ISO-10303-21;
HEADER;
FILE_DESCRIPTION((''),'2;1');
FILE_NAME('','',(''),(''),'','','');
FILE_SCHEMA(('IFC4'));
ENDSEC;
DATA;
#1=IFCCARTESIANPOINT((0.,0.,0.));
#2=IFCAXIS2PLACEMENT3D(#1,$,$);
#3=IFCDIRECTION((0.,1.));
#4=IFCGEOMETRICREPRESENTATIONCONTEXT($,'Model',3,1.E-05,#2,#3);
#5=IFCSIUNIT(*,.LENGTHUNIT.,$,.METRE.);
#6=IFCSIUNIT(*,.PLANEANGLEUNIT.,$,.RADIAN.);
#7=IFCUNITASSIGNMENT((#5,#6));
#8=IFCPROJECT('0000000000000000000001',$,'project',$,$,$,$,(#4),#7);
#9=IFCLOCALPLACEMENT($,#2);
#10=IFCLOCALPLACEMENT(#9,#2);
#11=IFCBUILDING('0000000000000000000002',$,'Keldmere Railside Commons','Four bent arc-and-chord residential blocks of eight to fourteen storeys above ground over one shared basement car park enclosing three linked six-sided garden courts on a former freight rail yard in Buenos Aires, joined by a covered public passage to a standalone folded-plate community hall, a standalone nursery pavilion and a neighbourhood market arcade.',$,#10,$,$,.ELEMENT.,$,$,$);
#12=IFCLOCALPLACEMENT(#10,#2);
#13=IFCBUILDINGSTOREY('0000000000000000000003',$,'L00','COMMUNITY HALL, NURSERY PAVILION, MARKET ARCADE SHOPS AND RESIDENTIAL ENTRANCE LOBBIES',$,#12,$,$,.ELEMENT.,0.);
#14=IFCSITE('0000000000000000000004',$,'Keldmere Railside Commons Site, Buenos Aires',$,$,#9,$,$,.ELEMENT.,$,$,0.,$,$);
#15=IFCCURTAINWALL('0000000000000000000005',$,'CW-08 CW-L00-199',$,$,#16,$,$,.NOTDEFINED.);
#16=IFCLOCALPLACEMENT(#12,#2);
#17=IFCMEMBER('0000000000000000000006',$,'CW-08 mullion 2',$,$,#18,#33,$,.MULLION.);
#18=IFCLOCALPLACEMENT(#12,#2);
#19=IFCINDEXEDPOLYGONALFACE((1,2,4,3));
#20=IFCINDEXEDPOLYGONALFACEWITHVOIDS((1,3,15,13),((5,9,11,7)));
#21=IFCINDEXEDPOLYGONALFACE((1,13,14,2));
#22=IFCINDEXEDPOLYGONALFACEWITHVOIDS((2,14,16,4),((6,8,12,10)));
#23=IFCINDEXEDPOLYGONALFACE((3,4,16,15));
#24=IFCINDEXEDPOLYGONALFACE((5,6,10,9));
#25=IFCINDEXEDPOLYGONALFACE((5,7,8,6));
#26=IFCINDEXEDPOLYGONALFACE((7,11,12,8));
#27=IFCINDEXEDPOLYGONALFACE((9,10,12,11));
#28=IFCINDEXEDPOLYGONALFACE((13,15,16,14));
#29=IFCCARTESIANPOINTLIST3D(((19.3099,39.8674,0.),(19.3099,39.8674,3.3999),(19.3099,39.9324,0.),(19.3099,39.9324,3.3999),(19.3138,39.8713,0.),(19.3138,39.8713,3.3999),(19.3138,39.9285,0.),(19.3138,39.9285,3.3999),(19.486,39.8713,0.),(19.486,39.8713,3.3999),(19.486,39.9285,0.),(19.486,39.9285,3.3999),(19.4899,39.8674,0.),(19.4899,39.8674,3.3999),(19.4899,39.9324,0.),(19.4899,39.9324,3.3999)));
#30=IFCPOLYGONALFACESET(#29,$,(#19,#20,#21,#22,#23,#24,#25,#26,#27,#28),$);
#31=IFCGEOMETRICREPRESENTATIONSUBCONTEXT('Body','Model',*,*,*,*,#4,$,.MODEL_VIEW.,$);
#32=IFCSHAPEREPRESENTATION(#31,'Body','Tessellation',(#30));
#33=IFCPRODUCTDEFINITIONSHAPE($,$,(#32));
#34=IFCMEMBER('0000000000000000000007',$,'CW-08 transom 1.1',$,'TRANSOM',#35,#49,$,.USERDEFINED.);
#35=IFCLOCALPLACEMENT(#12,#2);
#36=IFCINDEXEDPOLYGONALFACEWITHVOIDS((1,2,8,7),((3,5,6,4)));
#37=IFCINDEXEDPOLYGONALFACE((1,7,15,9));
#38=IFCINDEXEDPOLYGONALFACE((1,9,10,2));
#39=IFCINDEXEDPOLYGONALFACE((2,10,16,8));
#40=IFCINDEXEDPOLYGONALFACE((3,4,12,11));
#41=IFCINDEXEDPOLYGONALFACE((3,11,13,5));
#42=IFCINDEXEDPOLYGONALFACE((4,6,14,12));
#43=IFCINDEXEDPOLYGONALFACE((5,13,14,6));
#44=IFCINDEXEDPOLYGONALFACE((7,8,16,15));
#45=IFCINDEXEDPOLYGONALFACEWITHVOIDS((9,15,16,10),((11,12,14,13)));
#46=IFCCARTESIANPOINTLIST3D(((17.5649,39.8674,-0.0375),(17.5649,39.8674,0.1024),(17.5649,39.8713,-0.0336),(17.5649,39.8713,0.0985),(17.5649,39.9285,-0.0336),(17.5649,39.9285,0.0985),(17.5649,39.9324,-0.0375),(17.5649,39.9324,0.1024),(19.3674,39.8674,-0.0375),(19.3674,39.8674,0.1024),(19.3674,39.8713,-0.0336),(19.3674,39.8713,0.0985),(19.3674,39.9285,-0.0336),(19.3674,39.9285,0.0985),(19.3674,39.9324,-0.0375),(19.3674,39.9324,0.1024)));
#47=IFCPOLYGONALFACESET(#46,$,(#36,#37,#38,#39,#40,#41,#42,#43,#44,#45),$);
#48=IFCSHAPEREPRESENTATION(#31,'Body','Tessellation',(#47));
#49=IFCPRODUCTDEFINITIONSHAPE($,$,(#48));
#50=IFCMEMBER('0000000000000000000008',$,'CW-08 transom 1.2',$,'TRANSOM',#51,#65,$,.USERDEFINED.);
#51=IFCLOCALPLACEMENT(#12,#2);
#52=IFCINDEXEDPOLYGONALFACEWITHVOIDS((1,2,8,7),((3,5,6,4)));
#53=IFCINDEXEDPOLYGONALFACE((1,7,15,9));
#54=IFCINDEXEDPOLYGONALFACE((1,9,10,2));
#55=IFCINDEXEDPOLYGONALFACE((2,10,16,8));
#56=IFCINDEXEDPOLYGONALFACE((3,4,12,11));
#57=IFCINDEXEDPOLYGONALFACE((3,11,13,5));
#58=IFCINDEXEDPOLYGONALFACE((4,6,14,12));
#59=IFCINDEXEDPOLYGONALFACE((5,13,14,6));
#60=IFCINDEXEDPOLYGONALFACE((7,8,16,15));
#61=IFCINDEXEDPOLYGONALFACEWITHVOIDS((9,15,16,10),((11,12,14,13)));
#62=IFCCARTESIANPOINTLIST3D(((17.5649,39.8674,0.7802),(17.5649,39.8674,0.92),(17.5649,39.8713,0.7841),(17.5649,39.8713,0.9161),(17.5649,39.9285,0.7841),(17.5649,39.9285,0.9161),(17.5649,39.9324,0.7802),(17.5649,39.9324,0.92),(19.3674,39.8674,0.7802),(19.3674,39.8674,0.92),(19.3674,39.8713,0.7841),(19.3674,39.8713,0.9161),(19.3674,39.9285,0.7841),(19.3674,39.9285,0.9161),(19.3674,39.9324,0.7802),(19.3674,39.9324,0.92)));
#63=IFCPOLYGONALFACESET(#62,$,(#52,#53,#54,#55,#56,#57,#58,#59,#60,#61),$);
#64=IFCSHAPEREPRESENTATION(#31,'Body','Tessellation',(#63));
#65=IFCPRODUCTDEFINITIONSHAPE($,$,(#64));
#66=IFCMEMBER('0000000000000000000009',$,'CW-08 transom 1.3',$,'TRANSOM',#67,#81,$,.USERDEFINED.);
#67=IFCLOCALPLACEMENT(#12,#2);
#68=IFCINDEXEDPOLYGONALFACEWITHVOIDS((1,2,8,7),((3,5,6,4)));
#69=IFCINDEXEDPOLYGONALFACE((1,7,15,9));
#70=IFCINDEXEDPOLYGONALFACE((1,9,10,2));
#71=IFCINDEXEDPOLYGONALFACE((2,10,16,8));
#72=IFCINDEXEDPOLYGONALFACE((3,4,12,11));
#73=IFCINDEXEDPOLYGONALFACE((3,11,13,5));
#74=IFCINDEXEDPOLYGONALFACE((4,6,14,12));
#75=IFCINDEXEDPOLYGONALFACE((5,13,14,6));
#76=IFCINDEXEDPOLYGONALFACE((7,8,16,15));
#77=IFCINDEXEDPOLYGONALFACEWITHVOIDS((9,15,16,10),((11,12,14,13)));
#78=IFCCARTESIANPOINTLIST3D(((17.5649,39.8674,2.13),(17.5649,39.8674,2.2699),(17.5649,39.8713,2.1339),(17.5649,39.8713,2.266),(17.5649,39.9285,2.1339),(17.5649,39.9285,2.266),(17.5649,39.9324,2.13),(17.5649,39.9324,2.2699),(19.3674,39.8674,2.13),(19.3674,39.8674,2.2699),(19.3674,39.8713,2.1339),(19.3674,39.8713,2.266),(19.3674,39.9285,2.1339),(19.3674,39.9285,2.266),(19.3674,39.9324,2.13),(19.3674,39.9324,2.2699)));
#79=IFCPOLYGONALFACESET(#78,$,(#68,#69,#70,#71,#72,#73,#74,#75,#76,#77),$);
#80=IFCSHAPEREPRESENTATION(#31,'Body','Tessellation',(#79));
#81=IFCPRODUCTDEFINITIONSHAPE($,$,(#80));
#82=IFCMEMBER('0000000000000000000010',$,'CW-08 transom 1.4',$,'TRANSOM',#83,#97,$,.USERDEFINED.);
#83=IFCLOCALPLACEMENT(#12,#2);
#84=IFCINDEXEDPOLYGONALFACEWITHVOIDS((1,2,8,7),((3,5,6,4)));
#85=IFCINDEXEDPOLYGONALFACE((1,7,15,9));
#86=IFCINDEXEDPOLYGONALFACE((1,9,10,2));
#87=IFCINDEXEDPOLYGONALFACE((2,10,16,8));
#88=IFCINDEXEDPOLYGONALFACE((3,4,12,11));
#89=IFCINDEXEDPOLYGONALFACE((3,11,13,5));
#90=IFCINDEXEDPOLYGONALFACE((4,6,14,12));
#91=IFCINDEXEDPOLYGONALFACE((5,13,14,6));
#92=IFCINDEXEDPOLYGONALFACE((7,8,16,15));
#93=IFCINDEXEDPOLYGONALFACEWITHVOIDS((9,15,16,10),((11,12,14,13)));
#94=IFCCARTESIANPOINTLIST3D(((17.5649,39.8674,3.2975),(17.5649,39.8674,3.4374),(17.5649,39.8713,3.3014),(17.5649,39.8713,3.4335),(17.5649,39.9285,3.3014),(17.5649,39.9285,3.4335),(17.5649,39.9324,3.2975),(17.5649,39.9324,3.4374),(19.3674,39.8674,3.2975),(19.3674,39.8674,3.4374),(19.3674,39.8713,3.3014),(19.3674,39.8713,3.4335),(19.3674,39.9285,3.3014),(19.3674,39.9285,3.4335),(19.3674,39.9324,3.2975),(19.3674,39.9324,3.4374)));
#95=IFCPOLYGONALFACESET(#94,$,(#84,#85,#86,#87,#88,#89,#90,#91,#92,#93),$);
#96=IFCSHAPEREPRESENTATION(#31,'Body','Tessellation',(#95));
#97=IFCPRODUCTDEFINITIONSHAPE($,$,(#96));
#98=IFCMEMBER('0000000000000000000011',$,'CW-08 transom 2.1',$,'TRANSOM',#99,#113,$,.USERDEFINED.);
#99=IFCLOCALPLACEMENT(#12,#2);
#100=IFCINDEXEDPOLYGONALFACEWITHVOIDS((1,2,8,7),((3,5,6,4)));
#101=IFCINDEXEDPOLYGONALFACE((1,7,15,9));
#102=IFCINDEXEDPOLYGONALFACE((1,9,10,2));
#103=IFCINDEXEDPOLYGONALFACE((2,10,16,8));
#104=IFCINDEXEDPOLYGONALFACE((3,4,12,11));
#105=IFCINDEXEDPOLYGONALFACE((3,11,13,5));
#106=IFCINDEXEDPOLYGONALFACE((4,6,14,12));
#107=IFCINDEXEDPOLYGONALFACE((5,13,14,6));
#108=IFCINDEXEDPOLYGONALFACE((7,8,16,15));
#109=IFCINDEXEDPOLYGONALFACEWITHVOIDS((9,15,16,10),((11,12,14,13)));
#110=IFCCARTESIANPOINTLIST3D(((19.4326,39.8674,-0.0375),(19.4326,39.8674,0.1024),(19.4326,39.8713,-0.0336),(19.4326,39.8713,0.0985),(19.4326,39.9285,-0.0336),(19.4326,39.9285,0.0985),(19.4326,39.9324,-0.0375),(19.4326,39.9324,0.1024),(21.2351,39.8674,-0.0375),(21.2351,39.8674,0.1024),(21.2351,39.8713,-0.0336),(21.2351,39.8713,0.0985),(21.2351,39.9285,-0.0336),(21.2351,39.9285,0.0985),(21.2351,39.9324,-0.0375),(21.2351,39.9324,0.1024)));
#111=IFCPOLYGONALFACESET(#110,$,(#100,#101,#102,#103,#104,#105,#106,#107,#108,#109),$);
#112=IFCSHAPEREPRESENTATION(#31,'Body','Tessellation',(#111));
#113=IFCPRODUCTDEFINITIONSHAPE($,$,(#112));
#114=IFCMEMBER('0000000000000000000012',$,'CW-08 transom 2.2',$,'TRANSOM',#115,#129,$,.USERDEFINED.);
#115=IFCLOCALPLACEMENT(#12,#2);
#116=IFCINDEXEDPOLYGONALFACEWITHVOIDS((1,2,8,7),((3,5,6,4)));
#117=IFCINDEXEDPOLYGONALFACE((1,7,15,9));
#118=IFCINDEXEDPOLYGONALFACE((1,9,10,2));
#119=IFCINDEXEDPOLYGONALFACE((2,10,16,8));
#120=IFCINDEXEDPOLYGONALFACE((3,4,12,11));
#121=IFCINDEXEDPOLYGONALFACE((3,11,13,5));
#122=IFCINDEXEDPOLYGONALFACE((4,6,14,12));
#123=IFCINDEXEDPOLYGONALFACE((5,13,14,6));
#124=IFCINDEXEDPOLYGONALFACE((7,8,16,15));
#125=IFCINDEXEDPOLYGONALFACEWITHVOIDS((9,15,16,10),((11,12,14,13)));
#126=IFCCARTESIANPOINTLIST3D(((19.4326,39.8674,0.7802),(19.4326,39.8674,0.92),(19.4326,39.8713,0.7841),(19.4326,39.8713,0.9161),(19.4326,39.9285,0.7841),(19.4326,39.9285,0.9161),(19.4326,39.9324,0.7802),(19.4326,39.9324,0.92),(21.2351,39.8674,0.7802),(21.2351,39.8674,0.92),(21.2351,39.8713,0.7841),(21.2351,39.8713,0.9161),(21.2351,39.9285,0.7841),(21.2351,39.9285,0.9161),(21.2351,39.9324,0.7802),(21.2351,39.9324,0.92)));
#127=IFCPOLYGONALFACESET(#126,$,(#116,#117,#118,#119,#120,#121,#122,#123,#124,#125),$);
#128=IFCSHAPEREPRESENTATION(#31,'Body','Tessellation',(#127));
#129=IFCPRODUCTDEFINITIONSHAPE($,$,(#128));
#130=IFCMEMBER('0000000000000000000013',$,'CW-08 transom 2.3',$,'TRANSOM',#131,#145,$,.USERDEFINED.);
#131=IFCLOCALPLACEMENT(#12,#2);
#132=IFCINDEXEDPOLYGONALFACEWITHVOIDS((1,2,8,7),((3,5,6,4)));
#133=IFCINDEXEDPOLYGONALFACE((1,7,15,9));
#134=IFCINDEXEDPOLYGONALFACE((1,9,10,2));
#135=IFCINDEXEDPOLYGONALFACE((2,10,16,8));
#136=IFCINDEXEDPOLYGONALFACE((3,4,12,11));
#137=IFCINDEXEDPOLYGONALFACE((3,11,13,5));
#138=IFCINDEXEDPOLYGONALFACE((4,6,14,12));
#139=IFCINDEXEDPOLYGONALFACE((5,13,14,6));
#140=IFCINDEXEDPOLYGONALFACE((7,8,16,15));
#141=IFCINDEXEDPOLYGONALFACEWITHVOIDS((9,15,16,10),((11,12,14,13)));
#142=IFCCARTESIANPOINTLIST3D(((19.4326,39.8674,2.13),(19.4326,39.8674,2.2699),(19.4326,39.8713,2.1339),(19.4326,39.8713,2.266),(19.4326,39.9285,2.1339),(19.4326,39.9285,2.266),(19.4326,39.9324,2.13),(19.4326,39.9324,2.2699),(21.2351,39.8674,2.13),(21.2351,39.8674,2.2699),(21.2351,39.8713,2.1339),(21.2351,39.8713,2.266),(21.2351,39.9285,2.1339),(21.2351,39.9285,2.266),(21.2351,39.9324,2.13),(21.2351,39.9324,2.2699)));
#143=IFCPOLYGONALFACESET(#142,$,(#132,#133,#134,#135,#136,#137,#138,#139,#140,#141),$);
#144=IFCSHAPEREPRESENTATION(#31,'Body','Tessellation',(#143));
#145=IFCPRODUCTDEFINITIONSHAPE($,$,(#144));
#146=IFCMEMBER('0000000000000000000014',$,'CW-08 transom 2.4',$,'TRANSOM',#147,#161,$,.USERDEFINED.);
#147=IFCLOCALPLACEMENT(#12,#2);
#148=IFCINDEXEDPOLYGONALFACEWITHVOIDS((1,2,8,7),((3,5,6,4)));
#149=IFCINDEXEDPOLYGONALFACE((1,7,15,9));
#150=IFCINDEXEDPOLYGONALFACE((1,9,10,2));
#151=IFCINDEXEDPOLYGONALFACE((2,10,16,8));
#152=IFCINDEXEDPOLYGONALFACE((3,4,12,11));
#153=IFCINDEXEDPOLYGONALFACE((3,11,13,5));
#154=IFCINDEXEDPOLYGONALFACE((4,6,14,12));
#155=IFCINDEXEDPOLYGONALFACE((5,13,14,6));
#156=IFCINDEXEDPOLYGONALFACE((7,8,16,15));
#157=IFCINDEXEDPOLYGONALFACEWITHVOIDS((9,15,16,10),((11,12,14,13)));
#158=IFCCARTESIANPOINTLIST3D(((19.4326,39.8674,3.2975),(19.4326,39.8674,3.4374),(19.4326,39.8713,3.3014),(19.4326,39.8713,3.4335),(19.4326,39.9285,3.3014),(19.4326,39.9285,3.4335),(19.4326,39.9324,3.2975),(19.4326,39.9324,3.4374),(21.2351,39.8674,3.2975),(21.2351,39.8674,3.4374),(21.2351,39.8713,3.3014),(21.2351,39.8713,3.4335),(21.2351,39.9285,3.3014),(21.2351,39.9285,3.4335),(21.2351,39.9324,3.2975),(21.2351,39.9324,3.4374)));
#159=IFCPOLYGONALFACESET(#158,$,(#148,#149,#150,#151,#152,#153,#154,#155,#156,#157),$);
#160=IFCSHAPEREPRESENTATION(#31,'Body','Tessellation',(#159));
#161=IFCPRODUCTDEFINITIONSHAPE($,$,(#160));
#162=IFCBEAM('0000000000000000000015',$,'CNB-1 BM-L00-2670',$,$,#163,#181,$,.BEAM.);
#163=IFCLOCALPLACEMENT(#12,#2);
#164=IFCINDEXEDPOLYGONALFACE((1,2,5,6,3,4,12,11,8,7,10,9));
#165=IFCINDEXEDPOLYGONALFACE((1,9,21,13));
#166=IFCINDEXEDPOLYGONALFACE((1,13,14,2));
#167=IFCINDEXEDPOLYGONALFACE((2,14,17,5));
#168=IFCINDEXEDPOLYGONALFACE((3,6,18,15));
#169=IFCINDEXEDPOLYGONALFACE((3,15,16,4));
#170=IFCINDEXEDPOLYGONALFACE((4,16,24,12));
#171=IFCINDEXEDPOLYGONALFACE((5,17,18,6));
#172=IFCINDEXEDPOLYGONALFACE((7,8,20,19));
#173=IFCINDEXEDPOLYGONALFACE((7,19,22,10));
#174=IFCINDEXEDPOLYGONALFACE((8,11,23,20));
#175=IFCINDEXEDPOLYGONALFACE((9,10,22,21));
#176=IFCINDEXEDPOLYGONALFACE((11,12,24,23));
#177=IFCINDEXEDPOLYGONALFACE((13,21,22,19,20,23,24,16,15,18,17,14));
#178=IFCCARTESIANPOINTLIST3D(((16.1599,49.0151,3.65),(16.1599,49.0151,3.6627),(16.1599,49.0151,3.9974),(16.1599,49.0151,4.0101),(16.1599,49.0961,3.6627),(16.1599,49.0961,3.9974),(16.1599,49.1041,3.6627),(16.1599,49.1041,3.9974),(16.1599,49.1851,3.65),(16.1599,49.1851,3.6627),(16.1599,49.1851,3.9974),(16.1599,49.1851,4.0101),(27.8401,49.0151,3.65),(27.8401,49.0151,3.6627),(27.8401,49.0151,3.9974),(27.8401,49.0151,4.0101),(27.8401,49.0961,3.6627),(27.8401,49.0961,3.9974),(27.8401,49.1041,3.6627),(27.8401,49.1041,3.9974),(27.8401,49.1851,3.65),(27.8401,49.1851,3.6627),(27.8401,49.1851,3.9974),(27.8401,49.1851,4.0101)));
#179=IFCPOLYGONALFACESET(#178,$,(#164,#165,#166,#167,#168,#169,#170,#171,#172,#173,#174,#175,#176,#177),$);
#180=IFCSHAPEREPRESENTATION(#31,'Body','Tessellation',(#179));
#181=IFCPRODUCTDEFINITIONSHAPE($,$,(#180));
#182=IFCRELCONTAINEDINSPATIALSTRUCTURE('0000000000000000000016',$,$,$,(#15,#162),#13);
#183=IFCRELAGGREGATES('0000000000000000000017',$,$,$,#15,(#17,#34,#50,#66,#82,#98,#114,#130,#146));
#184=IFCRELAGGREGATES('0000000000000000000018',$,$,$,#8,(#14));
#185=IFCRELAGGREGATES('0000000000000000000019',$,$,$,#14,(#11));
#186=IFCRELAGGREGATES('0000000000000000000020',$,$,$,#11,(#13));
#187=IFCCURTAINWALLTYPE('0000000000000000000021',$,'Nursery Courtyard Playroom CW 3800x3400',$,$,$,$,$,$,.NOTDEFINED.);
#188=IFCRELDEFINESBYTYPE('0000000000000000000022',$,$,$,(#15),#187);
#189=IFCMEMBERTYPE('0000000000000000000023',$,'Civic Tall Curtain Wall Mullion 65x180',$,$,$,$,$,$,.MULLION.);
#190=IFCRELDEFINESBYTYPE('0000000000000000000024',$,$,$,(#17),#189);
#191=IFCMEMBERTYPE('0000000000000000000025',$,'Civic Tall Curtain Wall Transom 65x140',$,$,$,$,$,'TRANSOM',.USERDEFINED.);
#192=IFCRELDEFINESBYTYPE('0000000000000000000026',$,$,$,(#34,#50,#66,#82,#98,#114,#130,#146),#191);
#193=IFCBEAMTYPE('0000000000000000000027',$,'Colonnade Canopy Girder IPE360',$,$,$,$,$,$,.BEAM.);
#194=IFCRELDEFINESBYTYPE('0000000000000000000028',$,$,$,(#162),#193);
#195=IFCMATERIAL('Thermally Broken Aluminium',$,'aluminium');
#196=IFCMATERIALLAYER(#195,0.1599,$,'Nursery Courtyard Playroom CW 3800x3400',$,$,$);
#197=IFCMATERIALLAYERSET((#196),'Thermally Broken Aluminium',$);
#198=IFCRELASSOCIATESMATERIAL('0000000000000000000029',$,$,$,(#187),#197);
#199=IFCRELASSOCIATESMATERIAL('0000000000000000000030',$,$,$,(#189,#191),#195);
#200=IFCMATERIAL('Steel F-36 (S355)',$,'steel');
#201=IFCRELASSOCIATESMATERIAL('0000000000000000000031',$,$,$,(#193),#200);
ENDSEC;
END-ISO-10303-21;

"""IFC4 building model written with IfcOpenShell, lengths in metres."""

from ifc_helpers import new_model, si_unit, direction, frame, origin, origin_2d, place, context, subcontext, project, spatial, hollow_rectangle, i_section, extrude, material, layer, layer_set, material_profile, profile_set, type_object, element, aggregate, save


model = new_model("IFC4")

# Units and contexts
model_context = context("Model", 3, precision=1e-05, world=origin(), true_north=direction((0.0, 1.0)))
body_context = subcontext(model_context, "Body", "Model", "MODEL_VIEW")
ifc_project = project(units=[si_unit("LENGTHUNIT", "METRE"), si_unit("PLANEANGLEUNIT", "RADIAN")], contexts=[model_context])

# Site, building, storey
site_placement = place(None, origin())
site = spatial("IfcSite", under=ifc_project, at=site_placement, Name="Keldmere Railside Commons Site, Buenos Aires", CompositionType="ELEMENT", RefElevation=0.0)
building_placement = place(site_placement, origin())
building = spatial("IfcBuilding", under=site, at=building_placement, Name="Keldmere Railside Commons", Description="Four bent arc-and-chord residential blocks of eight to fourteen storeys above ground over one shared basement car park enclosing three linked six-sided garden courts on a former freight rail yard in Buenos Aires, joined by a covered public passage to a standalone folded-plate community hall, a standalone nursery pavilion and a neighbourhood market arcade.", CompositionType="ELEMENT")
storey_placement = place(building_placement, origin())
storey = spatial("IfcBuildingStorey", under=building, at=storey_placement, Name="L00", Description="COMMUNITY HALL, NURSERY PAVILION, MARKET ARCADE SHOPS AND RESIDENTIAL ENTRANCE LOBBIES", CompositionType="ELEMENT", Elevation=0.0)

# Shared definitions
ifc_material_1 = material(Name="Steel F-36 (S355)", Category="steel")

# Curtain wall, members
ifc_material_2 = material(Name="Thermally Broken Aluminium", Category="aluminium")
ifc_layer_1 = layer(ifc_material_2, 0.1599, Name="Nursery Courtyard Playroom CW 3800x3400")
ifc_layer_set_1 = layer_set([ifc_layer_1], Name="Thermally Broken Aluminium")
curtain_wall_type = type_object("IfcCurtainWallType", Name="Nursery Courtyard Playroom CW 3800x3400", PredefinedType="NOTDEFINED", material=ifc_layer_set_1)
curtain_wall_placement = place(storey_placement, origin())
curtain_wall = element("IfcCurtainWall", 1, at=curtain_wall_placement, inside=storey, type_object=curtain_wall_type, Name="CW-08 CW-L00-199", PredefinedType="NOTDEFINED")
ifc_material_profile_1 = material_profile(ifc_material_2, hollow_rectangle(XDim=0.0649, YDim=0.1799, WallThickness=0.0039, at=origin_2d()), Name="ALU-MULL-65x180")
ifc_profile_set_1 = profile_set([ifc_material_profile_1], Name="Thermally Broken Aluminium")
member_type_1 = type_object("IfcMemberType", Name="Civic Tall Curtain Wall Mullion 65x180", PredefinedType="MULLION", material=ifc_profile_set_1)
member_1_placement = place(storey_placement, frame((19.3999, 39.8999, 0.0), z_axis=(0.0, 0.0, 1.0), x_axis=(0.0, 1.0, 0.0)))
member_1 = element("IfcMember", 2, at=member_1_placement, type_object=member_type_1, Name="CW-08 mullion 2", PredefinedType="MULLION", context=body_context, shape_type="SweptSolid", body=[
    extrude(hollow_rectangle(XDim=0.0649, YDim=0.1799, WallThickness=0.0039, at=origin_2d()), origin(), (0.0, 0.0, 1.0), 3.3999),
])
ifc_material_profile_2 = material_profile(ifc_material_2, hollow_rectangle(XDim=0.0649, YDim=0.1399, WallThickness=0.0039, at=origin_2d()), Name="ALU-TRAN-65x140")
ifc_profile_set_2 = profile_set([ifc_material_profile_2], Name="Thermally Broken Aluminium")
member_type_2 = type_object("IfcMemberType", Name="Civic Tall Curtain Wall Transom 65x140", ElementType="TRANSOM", PredefinedType="USERDEFINED", material=ifc_profile_set_2)
member_2_placement = place(storey_placement, frame((17.5649, 39.8999, 0.0325), z_axis=(1.0, 0.0, 0.0), x_axis=(0.0, 1.0, 0.0)))
member_2 = element("IfcMember", 3, at=member_2_placement, type_object=member_type_2, Name="CW-08 transom 1.1", ObjectType="TRANSOM", PredefinedType="USERDEFINED", context=body_context, shape_type="SweptSolid", body=[
    extrude(hollow_rectangle(XDim=0.0649, YDim=0.1399, WallThickness=0.0039, at=origin_2d()), origin(), (0.0, 0.0, 1.0), 1.8025),
])
member_3_placement = place(storey_placement, frame((17.5649, 39.8999, 0.8501), z_axis=(1.0, 0.0, 0.0), x_axis=(0.0, 1.0, 0.0)))
member_3 = element("IfcMember", 4, at=member_3_placement, type_object=member_type_2, Name="CW-08 transom 1.2", ObjectType="TRANSOM", PredefinedType="USERDEFINED", context=body_context, shape_type="SweptSolid", body=[
    extrude(hollow_rectangle(XDim=0.0649, YDim=0.1399, WallThickness=0.0039, at=origin_2d()), origin(), (0.0, 0.0, 1.0), 1.8025),
])
member_4_placement = place(storey_placement, frame((17.5649, 39.8999, 2.2), z_axis=(1.0, 0.0, 0.0), x_axis=(0.0, 1.0, 0.0)))
member_4 = element("IfcMember", 5, at=member_4_placement, type_object=member_type_2, Name="CW-08 transom 1.3", ObjectType="TRANSOM", PredefinedType="USERDEFINED", context=body_context, shape_type="SweptSolid", body=[
    extrude(hollow_rectangle(XDim=0.0649, YDim=0.1399, WallThickness=0.0039, at=origin_2d()), origin(), (0.0, 0.0, 1.0), 1.8025),
])
member_5_placement = place(storey_placement, frame((17.5649, 39.8999, 3.3674), z_axis=(1.0, 0.0, 0.0), x_axis=(0.0, 1.0, 0.0)))
member_5 = element("IfcMember", 6, at=member_5_placement, type_object=member_type_2, Name="CW-08 transom 1.4", ObjectType="TRANSOM", PredefinedType="USERDEFINED", context=body_context, shape_type="SweptSolid", body=[
    extrude(hollow_rectangle(XDim=0.0649, YDim=0.1399, WallThickness=0.0039, at=origin_2d()), origin(), (0.0, 0.0, 1.0), 1.8025),
])
member_6_placement = place(storey_placement, frame((19.4326, 39.8999, 0.0325), z_axis=(1.0, 0.0, 0.0), x_axis=(0.0, 1.0, 0.0)))
member_6 = element("IfcMember", 7, at=member_6_placement, type_object=member_type_2, Name="CW-08 transom 2.1", ObjectType="TRANSOM", PredefinedType="USERDEFINED", context=body_context, shape_type="SweptSolid", body=[
    extrude(hollow_rectangle(XDim=0.0649, YDim=0.1399, WallThickness=0.0039, at=origin_2d()), origin(), (0.0, 0.0, 1.0), 1.8025),
])
member_7_placement = place(storey_placement, frame((19.4326, 39.8999, 0.8501), z_axis=(1.0, 0.0, 0.0), x_axis=(0.0, 1.0, 0.0)))
member_7 = element("IfcMember", 8, at=member_7_placement, type_object=member_type_2, Name="CW-08 transom 2.2", ObjectType="TRANSOM", PredefinedType="USERDEFINED", context=body_context, shape_type="SweptSolid", body=[
    extrude(hollow_rectangle(XDim=0.0649, YDim=0.1399, WallThickness=0.0039, at=origin_2d()), origin(), (0.0, 0.0, 1.0), 1.8025),
])
member_8_placement = place(storey_placement, frame((19.4326, 39.8999, 2.2), z_axis=(1.0, 0.0, 0.0), x_axis=(0.0, 1.0, 0.0)))
member_8 = element("IfcMember", 9, at=member_8_placement, type_object=member_type_2, Name="CW-08 transom 2.3", ObjectType="TRANSOM", PredefinedType="USERDEFINED", context=body_context, shape_type="SweptSolid", body=[
    extrude(hollow_rectangle(XDim=0.0649, YDim=0.1399, WallThickness=0.0039, at=origin_2d()), origin(), (0.0, 0.0, 1.0), 1.8025),
])
member_9_placement = place(storey_placement, frame((19.4326, 39.8999, 3.3674), z_axis=(1.0, 0.0, 0.0), x_axis=(0.0, 1.0, 0.0)))
member_9 = element("IfcMember", 10, at=member_9_placement, type_object=member_type_2, Name="CW-08 transom 2.4", ObjectType="TRANSOM", PredefinedType="USERDEFINED", context=body_context, shape_type="SweptSolid", body=[
    extrude(hollow_rectangle(XDim=0.0649, YDim=0.1399, WallThickness=0.0039, at=origin_2d()), origin(), (0.0, 0.0, 1.0), 1.8025),
])

# Beam
ifc_material_profile_3 = material_profile(ifc_material_1, i_section(OverallWidth=0.1699, OverallDepth=0.3601, WebThickness=0.0081, FlangeThickness=0.0127, at=origin_2d()), Name="IPE-360")
ifc_profile_set_3 = profile_set([ifc_material_profile_3], Name="Steel F-36 (S355)")
beam_type_1 = type_object("IfcBeamType", Name="Colonnade Canopy Girder IPE360", PredefinedType="BEAM", material=ifc_profile_set_3)
beam_1_placement = place(storey_placement, frame((16.1599, 49.1001, 3.8301), z_axis=(1.0, 0.0, 0.0), x_axis=(0.0, 1.0, 0.0)))
element("IfcBeam", 11, at=beam_1_placement, inside=storey, type_object=beam_type_1, Name="CNB-1 BM-L00-2670", PredefinedType="BEAM", context=body_context, shape_type="SweptSolid", body=[
    extrude(i_section(OverallWidth=0.1699, OverallDepth=0.3601, WebThickness=0.0081, FlangeThickness=0.0127, at=origin_2d()), origin(), (0.0, 0.0, 1.0), 11.6802),
])

aggregate(curtain_wall, [member_1, member_2, member_3, member_4, member_5, member_6, member_7, member_8, member_9])

save(model, "model.ifc")
